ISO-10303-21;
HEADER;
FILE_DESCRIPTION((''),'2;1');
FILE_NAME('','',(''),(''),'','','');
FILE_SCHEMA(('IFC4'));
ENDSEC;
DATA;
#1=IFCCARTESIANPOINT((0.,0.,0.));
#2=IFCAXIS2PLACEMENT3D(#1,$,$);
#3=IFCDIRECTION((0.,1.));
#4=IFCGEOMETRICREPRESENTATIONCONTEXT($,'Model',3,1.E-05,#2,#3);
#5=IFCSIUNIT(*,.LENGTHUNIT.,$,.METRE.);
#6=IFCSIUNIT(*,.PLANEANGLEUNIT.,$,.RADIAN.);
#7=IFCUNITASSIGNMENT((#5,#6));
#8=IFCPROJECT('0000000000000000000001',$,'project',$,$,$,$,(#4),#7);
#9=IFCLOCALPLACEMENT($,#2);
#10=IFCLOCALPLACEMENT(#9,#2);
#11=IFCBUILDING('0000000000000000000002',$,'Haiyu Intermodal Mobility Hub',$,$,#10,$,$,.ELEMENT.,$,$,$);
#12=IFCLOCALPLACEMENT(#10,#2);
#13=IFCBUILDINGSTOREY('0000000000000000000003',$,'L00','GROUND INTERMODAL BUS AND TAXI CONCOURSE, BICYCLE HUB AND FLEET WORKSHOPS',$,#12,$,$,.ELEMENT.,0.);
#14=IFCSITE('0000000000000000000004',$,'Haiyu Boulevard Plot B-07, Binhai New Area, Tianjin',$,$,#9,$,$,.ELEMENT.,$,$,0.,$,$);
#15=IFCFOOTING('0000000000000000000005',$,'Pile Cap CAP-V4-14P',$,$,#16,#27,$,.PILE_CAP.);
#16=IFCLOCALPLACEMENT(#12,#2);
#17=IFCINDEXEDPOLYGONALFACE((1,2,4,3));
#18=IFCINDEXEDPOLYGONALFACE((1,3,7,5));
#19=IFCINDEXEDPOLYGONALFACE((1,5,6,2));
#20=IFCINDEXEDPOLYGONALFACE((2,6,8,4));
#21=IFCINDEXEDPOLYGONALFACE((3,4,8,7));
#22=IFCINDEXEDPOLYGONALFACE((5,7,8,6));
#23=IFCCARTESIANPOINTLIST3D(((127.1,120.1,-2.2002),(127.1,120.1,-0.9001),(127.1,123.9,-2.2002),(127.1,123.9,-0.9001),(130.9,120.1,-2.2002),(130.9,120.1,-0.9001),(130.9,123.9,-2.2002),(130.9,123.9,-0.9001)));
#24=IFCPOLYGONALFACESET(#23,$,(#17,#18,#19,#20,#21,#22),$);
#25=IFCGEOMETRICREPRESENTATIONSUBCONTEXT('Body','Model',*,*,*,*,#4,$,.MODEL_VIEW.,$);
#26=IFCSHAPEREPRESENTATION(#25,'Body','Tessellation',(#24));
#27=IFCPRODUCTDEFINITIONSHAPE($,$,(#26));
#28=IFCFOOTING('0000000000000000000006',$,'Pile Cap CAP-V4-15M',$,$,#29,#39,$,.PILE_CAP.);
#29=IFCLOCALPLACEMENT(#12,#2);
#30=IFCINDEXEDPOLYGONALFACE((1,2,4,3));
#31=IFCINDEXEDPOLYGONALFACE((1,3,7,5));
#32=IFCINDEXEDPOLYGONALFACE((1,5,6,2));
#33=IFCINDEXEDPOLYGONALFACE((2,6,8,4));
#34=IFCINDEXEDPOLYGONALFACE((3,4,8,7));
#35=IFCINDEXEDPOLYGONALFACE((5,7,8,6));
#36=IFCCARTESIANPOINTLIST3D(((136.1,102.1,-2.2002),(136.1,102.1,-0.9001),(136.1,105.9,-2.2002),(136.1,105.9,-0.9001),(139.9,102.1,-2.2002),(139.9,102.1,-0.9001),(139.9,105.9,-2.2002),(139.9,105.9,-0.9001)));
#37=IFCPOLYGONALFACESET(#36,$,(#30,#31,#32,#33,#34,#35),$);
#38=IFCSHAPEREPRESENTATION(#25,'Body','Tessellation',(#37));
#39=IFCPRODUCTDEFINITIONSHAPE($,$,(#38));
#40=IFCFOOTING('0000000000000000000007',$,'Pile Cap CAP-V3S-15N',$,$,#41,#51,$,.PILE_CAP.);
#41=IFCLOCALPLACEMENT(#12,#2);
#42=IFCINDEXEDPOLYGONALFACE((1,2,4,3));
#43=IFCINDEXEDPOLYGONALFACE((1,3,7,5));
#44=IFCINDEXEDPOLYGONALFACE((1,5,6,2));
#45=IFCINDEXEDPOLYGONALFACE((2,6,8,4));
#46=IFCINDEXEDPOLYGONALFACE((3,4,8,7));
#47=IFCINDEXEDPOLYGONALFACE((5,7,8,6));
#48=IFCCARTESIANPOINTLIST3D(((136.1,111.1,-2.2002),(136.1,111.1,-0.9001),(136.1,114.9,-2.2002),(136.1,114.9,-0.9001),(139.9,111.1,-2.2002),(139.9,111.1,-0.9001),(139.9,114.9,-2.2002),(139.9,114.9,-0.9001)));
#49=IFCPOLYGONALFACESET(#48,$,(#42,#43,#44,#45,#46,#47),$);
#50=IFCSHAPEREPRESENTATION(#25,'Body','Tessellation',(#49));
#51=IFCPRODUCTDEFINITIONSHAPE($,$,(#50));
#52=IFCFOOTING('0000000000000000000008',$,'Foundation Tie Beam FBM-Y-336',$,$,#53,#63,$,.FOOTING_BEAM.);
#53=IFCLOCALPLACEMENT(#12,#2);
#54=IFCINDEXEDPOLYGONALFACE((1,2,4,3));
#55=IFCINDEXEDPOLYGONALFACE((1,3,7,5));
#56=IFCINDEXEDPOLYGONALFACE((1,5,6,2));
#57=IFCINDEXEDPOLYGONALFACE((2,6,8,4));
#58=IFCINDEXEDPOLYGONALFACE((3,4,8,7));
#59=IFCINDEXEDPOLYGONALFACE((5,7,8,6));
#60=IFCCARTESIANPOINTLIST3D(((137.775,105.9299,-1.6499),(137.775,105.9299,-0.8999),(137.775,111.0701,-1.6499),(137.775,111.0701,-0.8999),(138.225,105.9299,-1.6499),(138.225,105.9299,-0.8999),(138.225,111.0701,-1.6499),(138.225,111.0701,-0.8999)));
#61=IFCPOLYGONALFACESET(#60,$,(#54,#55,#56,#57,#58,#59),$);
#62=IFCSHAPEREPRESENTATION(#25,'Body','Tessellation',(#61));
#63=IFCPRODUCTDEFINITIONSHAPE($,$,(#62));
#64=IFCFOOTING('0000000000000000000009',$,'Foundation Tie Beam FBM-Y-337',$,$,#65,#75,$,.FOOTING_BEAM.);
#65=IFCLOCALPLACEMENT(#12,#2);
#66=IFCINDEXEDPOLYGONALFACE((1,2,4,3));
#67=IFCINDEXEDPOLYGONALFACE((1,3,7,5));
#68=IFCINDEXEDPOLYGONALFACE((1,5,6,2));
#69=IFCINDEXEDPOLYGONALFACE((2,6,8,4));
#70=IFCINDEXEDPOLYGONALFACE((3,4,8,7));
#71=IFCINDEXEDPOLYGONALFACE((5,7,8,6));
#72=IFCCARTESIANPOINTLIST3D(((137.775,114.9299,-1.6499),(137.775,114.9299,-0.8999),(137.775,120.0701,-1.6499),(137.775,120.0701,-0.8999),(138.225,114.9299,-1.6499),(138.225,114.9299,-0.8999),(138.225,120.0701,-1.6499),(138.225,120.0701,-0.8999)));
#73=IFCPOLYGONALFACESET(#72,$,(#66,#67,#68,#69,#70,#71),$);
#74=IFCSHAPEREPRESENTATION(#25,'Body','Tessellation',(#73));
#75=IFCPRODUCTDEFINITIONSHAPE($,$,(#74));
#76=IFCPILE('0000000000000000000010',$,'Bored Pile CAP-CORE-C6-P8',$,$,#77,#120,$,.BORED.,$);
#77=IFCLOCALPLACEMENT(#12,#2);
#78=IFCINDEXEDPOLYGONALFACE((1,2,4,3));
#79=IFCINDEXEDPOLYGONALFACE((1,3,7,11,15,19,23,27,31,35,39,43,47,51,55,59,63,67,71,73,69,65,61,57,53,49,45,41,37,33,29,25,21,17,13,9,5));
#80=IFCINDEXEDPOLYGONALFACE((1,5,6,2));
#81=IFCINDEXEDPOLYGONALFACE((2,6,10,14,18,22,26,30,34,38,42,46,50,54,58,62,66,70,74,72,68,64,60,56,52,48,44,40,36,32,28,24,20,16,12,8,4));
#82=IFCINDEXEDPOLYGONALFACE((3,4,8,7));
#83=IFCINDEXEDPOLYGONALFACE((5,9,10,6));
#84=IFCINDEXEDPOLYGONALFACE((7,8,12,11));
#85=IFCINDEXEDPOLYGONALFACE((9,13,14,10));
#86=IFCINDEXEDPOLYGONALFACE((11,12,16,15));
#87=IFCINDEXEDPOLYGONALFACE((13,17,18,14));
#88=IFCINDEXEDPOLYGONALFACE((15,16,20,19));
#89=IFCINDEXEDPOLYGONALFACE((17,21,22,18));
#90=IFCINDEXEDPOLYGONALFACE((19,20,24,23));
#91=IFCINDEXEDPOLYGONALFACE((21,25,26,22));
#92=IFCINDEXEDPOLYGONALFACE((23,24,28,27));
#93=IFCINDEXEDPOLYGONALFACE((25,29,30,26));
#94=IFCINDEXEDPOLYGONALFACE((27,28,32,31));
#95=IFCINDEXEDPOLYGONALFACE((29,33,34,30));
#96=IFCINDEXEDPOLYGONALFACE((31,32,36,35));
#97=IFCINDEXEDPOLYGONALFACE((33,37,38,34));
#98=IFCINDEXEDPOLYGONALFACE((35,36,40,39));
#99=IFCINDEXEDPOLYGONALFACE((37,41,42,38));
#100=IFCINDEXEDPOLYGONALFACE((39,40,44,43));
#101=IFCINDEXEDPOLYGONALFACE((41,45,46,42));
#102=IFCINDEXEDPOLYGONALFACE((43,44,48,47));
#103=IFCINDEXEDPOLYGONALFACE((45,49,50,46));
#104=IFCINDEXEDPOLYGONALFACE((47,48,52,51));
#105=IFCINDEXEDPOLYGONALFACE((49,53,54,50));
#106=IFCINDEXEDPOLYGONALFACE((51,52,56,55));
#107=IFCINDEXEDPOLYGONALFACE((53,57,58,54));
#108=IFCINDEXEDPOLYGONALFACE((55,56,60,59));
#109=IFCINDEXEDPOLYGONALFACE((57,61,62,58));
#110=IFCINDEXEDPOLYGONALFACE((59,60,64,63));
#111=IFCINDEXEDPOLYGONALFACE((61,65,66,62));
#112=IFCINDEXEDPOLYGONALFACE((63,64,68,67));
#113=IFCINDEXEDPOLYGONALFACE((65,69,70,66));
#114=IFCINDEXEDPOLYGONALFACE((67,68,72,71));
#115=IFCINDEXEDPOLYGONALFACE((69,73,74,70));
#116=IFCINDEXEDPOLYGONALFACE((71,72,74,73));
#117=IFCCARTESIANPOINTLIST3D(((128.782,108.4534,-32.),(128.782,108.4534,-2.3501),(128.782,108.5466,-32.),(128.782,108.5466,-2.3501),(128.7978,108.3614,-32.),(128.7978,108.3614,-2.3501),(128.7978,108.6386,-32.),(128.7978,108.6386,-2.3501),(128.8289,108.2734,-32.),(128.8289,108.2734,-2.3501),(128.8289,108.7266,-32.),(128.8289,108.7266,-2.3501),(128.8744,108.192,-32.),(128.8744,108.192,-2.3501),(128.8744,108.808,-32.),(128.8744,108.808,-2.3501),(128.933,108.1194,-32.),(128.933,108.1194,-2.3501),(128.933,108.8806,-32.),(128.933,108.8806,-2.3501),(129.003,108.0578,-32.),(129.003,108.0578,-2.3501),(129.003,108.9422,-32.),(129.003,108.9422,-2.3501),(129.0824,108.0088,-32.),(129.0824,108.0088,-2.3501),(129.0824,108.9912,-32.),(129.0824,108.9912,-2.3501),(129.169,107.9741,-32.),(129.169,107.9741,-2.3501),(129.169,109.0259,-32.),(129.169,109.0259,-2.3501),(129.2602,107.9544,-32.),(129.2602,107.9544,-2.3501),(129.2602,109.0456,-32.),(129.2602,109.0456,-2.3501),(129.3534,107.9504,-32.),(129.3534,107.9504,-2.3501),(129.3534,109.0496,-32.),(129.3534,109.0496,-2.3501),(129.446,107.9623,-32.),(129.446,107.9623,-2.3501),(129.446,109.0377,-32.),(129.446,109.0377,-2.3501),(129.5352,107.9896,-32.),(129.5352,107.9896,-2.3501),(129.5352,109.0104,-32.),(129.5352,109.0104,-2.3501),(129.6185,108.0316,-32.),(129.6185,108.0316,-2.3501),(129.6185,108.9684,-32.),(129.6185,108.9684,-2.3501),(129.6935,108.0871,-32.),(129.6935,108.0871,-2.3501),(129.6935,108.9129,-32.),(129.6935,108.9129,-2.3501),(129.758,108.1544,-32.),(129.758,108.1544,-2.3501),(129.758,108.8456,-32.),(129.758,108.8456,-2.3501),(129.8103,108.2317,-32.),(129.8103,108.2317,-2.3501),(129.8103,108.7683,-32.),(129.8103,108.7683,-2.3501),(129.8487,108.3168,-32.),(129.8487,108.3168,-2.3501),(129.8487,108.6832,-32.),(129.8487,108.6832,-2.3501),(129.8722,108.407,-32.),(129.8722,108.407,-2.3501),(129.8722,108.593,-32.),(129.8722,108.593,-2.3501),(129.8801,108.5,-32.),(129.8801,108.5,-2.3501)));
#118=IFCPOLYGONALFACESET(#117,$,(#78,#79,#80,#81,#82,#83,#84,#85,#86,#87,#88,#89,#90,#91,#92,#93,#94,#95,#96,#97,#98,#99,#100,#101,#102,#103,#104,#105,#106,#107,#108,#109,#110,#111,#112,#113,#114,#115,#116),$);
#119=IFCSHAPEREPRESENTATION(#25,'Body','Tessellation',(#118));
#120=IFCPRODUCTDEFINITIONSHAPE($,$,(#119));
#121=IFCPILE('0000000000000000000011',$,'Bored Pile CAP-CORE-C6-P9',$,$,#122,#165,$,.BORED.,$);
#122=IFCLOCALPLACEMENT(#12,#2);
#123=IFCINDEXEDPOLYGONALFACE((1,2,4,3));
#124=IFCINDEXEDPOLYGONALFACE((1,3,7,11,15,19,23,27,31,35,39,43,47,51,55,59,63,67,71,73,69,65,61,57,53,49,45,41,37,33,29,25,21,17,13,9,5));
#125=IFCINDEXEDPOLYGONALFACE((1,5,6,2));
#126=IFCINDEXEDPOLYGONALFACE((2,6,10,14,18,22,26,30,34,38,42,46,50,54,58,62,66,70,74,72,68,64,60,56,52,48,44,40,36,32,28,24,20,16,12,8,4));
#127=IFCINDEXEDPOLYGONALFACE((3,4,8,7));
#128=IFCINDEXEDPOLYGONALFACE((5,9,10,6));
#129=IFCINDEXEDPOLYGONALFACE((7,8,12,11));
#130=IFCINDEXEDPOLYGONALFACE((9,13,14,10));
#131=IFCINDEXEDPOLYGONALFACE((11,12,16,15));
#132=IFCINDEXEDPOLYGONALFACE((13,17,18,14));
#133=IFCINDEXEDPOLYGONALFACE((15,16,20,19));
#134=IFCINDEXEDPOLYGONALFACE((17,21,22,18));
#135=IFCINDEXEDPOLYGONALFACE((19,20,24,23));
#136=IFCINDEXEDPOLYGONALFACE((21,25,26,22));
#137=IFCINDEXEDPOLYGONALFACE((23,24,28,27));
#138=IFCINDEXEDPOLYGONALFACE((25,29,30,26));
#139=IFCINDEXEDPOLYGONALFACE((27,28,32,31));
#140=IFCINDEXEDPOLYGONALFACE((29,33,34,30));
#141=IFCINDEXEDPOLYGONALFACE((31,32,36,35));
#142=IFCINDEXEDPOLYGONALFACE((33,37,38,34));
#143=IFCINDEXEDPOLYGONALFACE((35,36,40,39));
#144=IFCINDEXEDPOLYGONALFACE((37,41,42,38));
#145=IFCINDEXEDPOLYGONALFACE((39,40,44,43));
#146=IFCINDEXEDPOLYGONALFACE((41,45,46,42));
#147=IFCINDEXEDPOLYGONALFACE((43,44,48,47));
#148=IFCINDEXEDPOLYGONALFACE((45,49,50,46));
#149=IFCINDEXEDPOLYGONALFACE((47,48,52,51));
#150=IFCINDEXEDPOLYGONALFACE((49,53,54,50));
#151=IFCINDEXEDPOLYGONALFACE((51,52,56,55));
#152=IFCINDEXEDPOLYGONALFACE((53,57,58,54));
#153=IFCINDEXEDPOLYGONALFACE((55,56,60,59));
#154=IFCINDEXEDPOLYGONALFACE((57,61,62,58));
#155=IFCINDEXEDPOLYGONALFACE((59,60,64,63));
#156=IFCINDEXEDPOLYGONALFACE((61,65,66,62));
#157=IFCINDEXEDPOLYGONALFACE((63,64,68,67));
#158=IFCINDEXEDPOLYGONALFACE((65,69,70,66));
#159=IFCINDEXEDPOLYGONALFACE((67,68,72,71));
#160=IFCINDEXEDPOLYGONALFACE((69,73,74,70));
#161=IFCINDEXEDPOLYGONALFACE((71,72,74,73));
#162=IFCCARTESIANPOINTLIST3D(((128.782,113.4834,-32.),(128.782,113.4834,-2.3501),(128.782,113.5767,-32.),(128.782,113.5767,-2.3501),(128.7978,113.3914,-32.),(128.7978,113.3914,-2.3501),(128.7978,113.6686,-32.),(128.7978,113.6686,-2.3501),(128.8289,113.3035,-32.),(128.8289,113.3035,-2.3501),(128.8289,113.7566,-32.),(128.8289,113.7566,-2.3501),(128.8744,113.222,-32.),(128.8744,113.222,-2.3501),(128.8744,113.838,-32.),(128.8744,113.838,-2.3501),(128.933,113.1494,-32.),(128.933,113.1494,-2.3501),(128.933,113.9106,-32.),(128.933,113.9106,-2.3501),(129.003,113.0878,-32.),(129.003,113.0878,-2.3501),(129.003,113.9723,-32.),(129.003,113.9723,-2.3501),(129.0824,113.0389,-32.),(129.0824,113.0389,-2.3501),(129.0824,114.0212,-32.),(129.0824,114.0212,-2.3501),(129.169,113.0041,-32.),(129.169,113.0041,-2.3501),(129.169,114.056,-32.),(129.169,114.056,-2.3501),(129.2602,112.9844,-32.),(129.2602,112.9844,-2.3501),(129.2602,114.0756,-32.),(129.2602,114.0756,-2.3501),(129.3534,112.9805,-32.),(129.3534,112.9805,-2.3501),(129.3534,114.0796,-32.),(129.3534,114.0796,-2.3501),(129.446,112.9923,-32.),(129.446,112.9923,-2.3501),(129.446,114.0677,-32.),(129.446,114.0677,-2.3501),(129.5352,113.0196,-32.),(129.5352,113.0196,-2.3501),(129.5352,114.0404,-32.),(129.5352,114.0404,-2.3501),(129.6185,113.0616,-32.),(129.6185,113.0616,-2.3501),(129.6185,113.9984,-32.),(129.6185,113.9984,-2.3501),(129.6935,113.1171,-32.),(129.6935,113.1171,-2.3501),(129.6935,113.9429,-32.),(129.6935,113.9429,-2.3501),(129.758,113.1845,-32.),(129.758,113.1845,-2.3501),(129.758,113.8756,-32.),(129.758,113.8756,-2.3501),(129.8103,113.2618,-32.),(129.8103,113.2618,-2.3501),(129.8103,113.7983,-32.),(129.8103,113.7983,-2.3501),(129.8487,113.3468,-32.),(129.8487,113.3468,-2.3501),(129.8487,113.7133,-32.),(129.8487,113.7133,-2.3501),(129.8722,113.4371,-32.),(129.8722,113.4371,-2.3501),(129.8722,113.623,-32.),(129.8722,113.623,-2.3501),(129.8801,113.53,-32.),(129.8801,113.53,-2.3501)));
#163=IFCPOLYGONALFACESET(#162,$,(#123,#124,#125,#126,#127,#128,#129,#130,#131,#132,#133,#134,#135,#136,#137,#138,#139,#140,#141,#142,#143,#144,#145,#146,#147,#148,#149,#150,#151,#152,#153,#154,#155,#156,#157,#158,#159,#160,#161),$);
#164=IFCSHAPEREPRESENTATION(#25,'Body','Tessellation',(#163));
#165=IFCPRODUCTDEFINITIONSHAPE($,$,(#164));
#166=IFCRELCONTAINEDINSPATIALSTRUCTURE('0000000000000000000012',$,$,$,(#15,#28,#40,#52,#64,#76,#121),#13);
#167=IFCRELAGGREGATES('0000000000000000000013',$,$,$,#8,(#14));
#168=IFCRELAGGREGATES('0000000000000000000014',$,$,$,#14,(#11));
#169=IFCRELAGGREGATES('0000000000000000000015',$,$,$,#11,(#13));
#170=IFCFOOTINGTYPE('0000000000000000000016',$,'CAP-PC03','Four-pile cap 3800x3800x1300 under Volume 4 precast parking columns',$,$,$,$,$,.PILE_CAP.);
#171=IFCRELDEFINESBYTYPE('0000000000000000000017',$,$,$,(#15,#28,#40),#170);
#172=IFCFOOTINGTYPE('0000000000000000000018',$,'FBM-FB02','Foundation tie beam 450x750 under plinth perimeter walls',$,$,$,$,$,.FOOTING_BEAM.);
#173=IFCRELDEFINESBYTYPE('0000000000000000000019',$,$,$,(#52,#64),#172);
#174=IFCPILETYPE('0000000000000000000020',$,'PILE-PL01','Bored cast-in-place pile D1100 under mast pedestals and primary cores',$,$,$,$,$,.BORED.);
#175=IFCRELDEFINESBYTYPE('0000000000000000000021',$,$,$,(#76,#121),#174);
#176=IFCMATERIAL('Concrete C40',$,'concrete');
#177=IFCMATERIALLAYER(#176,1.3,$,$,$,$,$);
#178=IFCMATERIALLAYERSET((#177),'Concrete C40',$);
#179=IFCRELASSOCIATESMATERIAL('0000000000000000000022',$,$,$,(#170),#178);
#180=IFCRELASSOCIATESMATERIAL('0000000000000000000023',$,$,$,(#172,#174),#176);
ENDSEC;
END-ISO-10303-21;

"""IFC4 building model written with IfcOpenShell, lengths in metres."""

from ifc_helpers import new_model, si_unit, direction, frame, origin, origin_2d, place, context, subcontext, project, spatial, rectangle, circle, extrude, material, layer, layer_set, material_profile, profile_set, type_object, element, save


model = new_model("IFC4")

# Units and contexts
model_context = context("Model", 3, precision=1e-05, world=origin(), true_north=direction((0.0, 1.0)))
body_context = subcontext(model_context, "Body", "Model", "MODEL_VIEW")
ifc_project = project(units=[si_unit("LENGTHUNIT", "METRE"), si_unit("PLANEANGLEUNIT", "RADIAN")], contexts=[model_context])

# Site, building, storey
site_placement = place(None, origin())
site = spatial("IfcSite", under=ifc_project, at=site_placement, Name="Haiyu Boulevard Plot B-07, Binhai New Area, Tianjin", CompositionType="ELEMENT", RefElevation=0.0)
building_placement = place(site_placement, origin())
building = spatial("IfcBuilding", under=site, at=building_placement, Name="Haiyu Intermodal Mobility Hub", CompositionType="ELEMENT")
storey_placement = place(building_placement, origin())
storey = spatial("IfcBuildingStorey", under=building, at=storey_placement, Name="L00", Description="GROUND INTERMODAL BUS AND TAXI CONCOURSE, BICYCLE HUB AND FLEET WORKSHOPS", CompositionType="ELEMENT", Elevation=0.0)

# Footings
ifc_material_1 = material(Name="Concrete C40", Category="concrete")
ifc_layer_1 = layer(ifc_material_1, 1.3)
ifc_layer_set_1 = layer_set([ifc_layer_1], Name="Concrete C40")
footing_type_1 = type_object("IfcFootingType", Name="CAP-PC03", Description="Four-pile cap 3800x3800x1300 under Volume 4 precast parking columns", PredefinedType="PILE_CAP", material=ifc_layer_set_1)
for number, where, z_axis, x_axis, name in (
    (1, (129.0, 122.0, -2.2002), (0.0, 0.0, 1.0), (1.0, 0.0, 0.0), "Pile Cap CAP-V4-14P"),
    (2, (138.0, 104.0, -2.2002), (0.0, 0.0, 1.0), (1.0, 0.0, 0.0), "Pile Cap CAP-V4-15M"),
    (3, (138.0, 113.0, -2.2002), (0.0, 0.0, 1.0), (1.0, 0.0, 0.0), "Pile Cap CAP-V3S-15N"),
):
    element("IfcFooting", number, at=place(storey_placement, frame(where, z_axis=z_axis, x_axis=x_axis)), inside=storey, type_object=footing_type_1, Name=name, PredefinedType="PILE_CAP", context=body_context, shape_type="SweptSolid", body=[
        extrude(rectangle(XDim=3.8, YDim=3.8, at=origin_2d()), origin(), (0.0, 0.0, 1.0), 1.3),
    ])
ifc_material_profile_1 = material_profile(ifc_material_1, rectangle(XDim=0.45, YDim=0.75, at=origin_2d()), Name="FB450x750")
ifc_profile_set_1 = profile_set([ifc_material_profile_1], Name="Concrete C40")
footing_type_2 = type_object("IfcFootingType", Name="FBM-FB02", Description="Foundation tie beam 450x750 under plinth perimeter walls", PredefinedType="FOOTING_BEAM", material=ifc_profile_set_1)
for number, where, z_axis, x_axis, name in (
    (4, (138.0, 105.9299, -1.2749), (0.0, 1.0, 0.0), (-1.0, 0.0, 0.0), "Foundation Tie Beam FBM-Y-336"),
    (5, (138.0, 114.9299, -1.2749), (0.0, 1.0, 0.0), (-1.0, 0.0, 0.0), "Foundation Tie Beam FBM-Y-337"),
):
    element("IfcFooting", number, at=place(storey_placement, frame(where, z_axis=z_axis, x_axis=x_axis)), inside=storey, type_object=footing_type_2, Name=name, PredefinedType="FOOTING_BEAM", context=body_context, shape_type="SweptSolid", body=[
        extrude(rectangle(XDim=0.45, YDim=0.75, at=origin_2d()), origin(), (0.0, 0.0, 1.0), 5.1401),
    ])

# Piles
ifc_material_profile_2 = material_profile(ifc_material_1, circle(Radius=0.55, at=origin_2d()), Name="PILE-D1100")
ifc_profile_set_2 = profile_set([ifc_material_profile_2], Name="Concrete C40")
pile_type_1 = type_object("IfcPileType", Name="PILE-PL01", Description="Bored cast-in-place pile D1100 under mast pedestals and primary cores", PredefinedType="BORED", material=ifc_profile_set_2)
for number, where, z_axis, x_axis, name in (
    (6, (129.3301, 108.5, -2.3501), (0.0, 0.0, -1.0), (1.0, 0.0, 0.0), "Bored Pile CAP-CORE-C6-P8"),
    (7, (129.3301, 113.53, -2.3501), (0.0, 0.0, -1.0), (1.0, 0.0, 0.0), "Bored Pile CAP-CORE-C6-P9"),
):
    element("IfcPile", number, at=place(storey_placement, frame(where, z_axis=z_axis, x_axis=x_axis)), inside=storey, type_object=pile_type_1, Name=name, PredefinedType="BORED", context=body_context, shape_type="SweptSolid", body=[
        extrude(circle(Radius=0.55, at=origin_2d()), origin(), (0.0, 0.0, 1.0), 29.6499),
    ])

save(model, "model.ifc")
